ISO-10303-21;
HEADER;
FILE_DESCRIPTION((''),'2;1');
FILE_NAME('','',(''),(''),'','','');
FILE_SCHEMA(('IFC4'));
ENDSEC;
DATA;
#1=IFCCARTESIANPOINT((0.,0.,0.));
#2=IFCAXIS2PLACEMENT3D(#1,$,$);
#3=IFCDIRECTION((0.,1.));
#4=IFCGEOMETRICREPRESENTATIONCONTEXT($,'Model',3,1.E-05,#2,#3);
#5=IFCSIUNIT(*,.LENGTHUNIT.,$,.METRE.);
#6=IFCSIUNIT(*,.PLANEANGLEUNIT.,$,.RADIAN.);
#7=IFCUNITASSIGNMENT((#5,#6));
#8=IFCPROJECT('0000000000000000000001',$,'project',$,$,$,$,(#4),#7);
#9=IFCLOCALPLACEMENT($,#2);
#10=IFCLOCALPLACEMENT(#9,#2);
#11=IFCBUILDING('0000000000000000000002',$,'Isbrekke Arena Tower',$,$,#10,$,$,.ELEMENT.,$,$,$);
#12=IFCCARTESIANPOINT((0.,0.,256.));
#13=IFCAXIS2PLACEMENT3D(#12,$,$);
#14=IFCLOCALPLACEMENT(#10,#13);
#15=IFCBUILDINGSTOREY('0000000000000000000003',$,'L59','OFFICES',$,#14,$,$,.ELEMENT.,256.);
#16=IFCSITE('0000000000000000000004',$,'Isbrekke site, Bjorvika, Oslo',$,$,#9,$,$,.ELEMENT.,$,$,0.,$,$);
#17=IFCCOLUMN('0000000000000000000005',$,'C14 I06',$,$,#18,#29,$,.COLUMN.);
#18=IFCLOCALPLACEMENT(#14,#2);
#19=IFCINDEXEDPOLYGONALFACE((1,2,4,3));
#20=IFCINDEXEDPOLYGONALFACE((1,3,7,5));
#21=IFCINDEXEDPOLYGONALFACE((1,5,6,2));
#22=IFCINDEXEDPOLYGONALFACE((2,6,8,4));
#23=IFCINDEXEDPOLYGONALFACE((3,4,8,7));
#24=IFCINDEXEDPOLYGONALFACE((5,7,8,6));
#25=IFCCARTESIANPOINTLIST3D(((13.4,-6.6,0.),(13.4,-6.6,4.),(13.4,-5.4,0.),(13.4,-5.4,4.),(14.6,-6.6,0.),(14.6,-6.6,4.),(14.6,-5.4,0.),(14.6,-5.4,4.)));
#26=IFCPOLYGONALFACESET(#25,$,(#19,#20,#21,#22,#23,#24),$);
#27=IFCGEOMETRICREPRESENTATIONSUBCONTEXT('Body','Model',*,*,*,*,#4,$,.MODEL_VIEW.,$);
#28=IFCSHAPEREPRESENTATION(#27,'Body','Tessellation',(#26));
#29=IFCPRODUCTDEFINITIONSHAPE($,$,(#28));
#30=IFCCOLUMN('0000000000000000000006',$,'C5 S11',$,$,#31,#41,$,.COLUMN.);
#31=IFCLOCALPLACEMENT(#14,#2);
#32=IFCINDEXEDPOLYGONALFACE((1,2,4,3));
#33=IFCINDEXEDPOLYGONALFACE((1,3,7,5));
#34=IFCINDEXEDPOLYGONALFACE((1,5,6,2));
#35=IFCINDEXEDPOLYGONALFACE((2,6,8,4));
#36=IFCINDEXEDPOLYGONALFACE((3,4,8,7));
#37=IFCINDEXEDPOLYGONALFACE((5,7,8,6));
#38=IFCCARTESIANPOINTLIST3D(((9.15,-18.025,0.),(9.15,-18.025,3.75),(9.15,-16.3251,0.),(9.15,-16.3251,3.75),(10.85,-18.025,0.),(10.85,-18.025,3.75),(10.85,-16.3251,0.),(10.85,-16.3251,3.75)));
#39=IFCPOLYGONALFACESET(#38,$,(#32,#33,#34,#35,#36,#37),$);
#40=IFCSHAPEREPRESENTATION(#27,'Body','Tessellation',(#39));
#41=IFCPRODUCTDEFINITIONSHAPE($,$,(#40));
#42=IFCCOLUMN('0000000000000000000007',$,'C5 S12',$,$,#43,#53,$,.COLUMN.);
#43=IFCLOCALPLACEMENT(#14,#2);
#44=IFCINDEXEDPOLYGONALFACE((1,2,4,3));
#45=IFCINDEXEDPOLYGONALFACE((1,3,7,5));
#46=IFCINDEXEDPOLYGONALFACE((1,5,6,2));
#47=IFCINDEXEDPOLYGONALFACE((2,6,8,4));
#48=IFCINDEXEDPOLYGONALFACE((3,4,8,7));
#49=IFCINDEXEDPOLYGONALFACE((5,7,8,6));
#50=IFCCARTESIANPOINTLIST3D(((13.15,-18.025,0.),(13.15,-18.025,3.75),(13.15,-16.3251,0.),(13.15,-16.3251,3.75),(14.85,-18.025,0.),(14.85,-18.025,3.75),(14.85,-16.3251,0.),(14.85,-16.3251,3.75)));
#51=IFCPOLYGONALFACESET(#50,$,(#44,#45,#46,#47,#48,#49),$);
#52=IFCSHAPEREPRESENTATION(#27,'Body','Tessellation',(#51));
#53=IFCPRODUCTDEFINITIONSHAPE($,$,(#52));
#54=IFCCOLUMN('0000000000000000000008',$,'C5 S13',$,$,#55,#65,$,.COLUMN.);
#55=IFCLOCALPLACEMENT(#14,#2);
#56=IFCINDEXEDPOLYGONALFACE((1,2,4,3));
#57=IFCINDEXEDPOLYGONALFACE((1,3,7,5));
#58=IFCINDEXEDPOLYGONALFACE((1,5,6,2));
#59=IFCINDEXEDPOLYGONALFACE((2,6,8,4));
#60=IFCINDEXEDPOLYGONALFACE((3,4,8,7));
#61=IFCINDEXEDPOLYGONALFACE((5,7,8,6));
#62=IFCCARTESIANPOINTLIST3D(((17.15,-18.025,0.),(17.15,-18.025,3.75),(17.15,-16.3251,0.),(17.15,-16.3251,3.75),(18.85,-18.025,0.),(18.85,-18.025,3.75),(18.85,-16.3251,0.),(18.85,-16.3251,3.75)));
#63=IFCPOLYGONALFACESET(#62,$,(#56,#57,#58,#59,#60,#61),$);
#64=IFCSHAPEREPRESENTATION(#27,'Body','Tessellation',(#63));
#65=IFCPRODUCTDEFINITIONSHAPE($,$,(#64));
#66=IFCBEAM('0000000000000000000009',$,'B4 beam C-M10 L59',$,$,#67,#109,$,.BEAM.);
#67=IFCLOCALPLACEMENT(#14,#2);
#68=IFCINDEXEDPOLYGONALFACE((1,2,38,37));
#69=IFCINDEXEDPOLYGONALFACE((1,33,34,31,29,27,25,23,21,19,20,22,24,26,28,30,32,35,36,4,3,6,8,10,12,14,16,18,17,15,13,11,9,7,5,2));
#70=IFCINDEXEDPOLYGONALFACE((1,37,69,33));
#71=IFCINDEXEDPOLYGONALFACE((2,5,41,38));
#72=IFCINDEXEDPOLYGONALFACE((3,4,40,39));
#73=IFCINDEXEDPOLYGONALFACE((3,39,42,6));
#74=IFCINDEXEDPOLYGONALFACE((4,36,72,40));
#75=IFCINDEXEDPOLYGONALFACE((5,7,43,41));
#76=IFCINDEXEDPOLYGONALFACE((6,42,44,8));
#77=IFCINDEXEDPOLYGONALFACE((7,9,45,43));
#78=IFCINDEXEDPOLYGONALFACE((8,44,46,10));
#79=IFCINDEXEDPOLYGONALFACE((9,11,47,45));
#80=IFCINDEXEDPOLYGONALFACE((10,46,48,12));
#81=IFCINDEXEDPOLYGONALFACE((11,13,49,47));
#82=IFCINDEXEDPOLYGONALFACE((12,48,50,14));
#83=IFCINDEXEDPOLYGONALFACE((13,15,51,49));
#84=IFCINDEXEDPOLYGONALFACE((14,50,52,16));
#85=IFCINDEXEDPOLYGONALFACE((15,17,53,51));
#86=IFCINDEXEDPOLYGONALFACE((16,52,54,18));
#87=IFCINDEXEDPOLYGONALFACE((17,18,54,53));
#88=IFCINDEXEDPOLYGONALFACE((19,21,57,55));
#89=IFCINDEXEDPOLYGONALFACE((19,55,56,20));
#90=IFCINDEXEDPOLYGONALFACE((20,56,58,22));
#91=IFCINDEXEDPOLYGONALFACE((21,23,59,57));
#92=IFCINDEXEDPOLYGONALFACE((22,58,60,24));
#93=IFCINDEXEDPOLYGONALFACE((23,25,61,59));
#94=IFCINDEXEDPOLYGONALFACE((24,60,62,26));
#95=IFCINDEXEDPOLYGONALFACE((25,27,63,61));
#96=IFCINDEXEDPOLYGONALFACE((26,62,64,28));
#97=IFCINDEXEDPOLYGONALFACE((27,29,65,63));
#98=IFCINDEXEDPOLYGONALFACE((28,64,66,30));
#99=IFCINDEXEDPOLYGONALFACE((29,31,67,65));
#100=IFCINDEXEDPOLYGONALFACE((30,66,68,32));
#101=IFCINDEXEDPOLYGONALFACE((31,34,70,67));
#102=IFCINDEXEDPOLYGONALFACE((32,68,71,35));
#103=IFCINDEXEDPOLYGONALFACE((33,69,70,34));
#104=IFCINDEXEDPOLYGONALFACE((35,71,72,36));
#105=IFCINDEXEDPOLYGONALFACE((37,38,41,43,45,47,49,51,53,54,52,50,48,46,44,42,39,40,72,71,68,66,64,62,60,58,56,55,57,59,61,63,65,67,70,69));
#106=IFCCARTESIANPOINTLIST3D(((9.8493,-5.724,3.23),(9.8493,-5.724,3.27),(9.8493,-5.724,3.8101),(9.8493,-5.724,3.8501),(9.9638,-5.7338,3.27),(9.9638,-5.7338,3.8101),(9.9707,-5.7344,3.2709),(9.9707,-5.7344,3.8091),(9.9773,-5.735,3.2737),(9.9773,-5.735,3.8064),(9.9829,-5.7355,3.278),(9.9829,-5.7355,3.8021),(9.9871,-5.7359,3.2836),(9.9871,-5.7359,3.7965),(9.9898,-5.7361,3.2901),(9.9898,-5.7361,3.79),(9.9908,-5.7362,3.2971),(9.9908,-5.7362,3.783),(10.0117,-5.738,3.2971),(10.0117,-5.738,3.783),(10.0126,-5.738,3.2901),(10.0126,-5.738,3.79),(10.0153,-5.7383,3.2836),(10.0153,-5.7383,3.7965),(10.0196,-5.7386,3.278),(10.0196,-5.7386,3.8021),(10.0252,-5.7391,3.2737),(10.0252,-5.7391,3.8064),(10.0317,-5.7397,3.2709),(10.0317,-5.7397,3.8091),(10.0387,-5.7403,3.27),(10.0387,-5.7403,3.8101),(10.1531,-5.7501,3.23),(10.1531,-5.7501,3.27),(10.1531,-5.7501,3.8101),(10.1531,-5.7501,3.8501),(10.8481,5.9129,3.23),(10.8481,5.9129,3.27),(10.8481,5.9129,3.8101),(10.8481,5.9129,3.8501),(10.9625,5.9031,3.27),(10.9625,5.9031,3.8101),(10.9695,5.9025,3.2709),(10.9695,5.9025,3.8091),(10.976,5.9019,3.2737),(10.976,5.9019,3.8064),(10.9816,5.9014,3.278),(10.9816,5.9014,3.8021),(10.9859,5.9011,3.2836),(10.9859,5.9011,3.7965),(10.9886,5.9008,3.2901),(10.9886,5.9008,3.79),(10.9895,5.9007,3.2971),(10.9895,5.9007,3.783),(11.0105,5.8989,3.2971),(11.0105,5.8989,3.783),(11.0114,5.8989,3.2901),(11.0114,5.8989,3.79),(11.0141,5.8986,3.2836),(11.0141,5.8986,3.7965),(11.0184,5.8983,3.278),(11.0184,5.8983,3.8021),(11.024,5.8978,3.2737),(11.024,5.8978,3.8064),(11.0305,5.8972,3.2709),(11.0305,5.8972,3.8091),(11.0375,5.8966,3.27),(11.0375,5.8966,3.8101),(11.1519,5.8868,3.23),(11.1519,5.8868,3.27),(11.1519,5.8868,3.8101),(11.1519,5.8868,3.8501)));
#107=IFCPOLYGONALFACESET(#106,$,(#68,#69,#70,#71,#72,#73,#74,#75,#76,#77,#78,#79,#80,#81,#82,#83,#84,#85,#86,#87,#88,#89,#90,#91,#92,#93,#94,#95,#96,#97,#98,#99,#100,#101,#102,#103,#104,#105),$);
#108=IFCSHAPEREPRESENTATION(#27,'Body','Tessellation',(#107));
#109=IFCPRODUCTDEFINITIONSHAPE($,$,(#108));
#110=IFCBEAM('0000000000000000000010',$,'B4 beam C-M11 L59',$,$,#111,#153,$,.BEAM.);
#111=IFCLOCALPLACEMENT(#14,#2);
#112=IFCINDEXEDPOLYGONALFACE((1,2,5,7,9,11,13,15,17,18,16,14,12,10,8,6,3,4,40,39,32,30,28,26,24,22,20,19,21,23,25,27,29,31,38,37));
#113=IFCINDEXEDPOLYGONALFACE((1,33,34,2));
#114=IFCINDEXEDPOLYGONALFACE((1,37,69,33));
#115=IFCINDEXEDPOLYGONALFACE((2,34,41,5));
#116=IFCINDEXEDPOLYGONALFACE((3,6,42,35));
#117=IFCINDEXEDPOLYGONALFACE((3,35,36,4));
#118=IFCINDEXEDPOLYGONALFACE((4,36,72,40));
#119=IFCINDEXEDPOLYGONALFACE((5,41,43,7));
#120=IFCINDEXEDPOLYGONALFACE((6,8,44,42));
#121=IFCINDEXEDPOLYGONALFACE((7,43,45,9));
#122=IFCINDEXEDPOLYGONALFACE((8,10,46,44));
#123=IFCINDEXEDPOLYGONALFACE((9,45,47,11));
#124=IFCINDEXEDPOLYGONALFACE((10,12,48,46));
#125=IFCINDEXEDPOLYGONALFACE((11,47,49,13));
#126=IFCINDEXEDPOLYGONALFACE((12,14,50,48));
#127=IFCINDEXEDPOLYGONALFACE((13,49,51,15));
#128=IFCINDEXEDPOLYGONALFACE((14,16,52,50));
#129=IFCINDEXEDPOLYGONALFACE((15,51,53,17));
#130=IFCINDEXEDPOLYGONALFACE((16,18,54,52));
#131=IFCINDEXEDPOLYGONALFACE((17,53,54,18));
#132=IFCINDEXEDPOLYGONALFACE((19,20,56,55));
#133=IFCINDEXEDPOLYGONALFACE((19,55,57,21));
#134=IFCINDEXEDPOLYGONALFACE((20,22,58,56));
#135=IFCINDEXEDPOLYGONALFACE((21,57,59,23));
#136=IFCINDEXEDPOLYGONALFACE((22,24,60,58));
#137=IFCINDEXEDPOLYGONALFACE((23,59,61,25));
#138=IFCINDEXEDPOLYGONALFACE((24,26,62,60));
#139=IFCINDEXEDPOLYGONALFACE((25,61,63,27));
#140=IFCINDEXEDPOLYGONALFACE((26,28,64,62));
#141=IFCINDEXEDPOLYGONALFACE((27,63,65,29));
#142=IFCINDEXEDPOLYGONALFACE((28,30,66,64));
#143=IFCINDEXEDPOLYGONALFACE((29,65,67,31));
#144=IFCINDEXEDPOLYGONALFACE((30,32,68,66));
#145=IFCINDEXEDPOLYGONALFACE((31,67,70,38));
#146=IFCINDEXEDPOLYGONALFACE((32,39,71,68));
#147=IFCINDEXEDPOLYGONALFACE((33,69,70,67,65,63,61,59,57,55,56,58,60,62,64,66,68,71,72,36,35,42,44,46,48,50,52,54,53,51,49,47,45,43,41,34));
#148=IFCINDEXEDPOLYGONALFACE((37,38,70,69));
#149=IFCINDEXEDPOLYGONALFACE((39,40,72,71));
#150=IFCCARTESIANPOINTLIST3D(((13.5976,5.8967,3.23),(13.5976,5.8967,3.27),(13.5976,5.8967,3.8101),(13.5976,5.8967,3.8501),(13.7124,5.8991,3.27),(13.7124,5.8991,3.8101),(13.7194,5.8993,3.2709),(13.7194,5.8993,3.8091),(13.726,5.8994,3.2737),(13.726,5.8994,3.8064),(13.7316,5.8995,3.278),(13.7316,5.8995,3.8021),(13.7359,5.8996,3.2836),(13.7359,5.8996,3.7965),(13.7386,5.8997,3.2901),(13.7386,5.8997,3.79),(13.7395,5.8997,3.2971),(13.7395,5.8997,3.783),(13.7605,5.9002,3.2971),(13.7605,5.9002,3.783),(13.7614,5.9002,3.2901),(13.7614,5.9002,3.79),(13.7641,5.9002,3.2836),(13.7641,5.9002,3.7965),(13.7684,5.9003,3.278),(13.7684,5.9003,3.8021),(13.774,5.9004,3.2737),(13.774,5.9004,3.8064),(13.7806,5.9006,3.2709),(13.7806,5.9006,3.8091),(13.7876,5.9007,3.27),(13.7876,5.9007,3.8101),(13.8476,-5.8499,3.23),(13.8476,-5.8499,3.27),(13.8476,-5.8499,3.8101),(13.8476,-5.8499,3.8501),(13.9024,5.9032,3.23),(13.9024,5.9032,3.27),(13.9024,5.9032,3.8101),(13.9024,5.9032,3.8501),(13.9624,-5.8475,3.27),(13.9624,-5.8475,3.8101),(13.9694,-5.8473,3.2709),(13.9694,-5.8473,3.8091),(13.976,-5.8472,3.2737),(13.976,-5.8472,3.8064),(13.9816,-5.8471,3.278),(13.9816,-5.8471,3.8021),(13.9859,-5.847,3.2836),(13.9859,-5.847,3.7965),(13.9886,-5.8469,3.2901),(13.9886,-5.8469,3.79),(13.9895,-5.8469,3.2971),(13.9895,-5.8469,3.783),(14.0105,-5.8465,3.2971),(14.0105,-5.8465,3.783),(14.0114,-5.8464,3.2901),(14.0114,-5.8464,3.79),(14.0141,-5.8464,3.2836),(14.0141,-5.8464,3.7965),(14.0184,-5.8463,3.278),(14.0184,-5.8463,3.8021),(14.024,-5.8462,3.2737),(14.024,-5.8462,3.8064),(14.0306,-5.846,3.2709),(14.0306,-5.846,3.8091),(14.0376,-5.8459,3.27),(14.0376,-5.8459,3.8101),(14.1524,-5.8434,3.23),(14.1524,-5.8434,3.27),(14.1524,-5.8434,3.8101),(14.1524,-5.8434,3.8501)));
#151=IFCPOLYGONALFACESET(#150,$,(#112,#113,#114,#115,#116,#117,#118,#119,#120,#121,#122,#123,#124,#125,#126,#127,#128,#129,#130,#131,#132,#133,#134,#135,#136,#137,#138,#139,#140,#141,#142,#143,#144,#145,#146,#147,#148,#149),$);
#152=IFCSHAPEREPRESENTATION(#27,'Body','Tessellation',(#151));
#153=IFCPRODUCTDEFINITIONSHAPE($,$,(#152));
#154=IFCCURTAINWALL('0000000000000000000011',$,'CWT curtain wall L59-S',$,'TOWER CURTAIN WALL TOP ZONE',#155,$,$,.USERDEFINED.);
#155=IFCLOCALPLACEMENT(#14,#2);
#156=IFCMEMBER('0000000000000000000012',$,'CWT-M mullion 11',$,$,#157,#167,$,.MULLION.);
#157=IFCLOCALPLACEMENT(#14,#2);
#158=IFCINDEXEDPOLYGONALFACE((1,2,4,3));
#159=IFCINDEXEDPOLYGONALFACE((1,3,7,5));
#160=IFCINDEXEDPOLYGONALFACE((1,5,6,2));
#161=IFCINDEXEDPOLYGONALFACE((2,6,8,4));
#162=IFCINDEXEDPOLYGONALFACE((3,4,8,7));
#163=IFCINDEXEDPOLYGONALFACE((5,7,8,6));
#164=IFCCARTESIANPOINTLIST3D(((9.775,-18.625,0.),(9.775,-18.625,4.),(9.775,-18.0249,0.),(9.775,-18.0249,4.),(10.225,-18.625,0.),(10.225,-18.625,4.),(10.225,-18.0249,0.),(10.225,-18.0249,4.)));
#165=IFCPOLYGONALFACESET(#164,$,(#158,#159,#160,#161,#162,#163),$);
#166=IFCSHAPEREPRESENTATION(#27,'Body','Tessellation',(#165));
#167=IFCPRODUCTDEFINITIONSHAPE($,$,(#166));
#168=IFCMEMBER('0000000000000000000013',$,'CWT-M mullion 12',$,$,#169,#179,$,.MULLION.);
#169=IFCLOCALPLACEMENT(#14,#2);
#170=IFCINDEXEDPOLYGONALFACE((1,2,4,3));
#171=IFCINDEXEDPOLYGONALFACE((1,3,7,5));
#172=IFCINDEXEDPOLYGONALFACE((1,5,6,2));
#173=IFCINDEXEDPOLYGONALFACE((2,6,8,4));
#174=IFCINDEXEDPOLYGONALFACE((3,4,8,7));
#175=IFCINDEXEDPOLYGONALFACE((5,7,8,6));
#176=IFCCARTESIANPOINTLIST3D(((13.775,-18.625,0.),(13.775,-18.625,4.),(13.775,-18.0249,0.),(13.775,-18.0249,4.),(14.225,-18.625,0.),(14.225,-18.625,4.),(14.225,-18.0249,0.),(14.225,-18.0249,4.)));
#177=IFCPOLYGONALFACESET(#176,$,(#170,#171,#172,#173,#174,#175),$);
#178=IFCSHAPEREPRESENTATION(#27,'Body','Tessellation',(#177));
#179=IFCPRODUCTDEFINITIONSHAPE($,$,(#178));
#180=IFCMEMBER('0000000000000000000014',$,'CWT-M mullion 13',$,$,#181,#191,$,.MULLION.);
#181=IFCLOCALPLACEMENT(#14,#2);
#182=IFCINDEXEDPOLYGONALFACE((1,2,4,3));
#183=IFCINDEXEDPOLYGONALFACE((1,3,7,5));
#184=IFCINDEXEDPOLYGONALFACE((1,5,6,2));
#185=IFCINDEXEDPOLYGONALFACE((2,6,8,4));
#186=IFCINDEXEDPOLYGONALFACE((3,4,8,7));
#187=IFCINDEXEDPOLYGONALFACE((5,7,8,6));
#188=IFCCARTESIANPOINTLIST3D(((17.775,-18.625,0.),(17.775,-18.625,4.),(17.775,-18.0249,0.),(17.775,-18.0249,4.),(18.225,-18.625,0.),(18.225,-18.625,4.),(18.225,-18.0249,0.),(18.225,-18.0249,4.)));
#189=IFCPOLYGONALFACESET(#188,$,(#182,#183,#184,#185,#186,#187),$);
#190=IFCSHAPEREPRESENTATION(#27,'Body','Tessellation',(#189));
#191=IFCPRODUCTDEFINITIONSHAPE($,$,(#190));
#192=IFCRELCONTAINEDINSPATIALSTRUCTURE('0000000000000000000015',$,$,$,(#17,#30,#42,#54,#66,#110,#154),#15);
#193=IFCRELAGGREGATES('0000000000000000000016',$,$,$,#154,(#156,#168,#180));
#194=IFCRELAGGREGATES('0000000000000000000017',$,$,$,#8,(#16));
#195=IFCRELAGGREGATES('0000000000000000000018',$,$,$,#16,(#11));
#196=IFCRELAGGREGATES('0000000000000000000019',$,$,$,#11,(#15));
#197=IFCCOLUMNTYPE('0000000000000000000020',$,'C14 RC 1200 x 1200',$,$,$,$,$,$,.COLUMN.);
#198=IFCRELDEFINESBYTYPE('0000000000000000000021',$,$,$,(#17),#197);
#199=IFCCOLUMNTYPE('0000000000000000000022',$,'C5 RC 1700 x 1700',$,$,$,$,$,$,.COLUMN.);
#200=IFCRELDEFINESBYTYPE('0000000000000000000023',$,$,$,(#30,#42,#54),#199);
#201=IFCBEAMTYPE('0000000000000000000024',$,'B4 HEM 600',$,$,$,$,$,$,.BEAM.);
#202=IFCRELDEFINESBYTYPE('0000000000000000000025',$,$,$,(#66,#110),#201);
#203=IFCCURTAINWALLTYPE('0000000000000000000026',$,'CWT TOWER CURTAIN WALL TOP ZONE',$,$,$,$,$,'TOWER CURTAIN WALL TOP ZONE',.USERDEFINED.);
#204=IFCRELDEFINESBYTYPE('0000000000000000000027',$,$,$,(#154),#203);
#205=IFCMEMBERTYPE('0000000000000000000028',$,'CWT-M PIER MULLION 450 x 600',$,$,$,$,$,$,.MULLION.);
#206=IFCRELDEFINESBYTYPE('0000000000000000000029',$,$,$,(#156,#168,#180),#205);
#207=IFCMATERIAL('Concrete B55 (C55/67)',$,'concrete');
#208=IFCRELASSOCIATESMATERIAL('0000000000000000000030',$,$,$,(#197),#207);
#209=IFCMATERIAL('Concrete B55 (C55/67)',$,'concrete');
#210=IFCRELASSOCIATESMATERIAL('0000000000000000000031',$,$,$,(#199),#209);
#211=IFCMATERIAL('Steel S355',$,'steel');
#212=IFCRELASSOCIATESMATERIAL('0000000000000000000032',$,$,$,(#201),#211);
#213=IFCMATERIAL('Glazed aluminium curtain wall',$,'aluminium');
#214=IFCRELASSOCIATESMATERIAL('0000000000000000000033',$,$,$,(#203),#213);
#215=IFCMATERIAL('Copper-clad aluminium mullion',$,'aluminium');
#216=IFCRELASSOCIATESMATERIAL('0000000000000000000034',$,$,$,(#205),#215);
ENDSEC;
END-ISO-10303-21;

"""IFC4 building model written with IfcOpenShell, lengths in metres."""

from ifc_helpers import new_model, si_unit, direction, frame, origin, origin_2d, place, context, subcontext, project, spatial, rectangle, i_section, extrude, material, material_profile, profile_set, type_object, element, aggregate, save


model = new_model("IFC4")

# Units and contexts
model_context = context("Model", 3, precision=1e-05, world=origin(), true_north=direction((0.0, 1.0)))
body_context = subcontext(model_context, "Body", "Model", "MODEL_VIEW")
ifc_project = project(units=[si_unit("LENGTHUNIT", "METRE"), si_unit("PLANEANGLEUNIT", "RADIAN")], contexts=[model_context])

# Site, building, storey
site_placement = place(None, origin())
site = spatial("IfcSite", under=ifc_project, at=site_placement, Name="Isbrekke site, Bjorvika, Oslo", CompositionType="ELEMENT", RefElevation=0.0)
building_placement = place(site_placement, origin())
building = spatial("IfcBuilding", under=site, at=building_placement, Name="Isbrekke Arena Tower", CompositionType="ELEMENT")
storey_placement = place(building_placement, frame((0.0, 0.0, 256.0)))
storey = spatial("IfcBuildingStorey", under=building, at=storey_placement, Name="L59", Description="OFFICES", CompositionType="ELEMENT", Elevation=256.0)

# Columns
ifc_material_1 = material(Name="Concrete B55 (C55/67)", Category="concrete")
ifc_material_profile_1 = material_profile(ifc_material_1, rectangle(XDim=1.2, YDim=1.2, at=origin_2d()), Name="RC 1200x1200")
ifc_profile_set_1 = profile_set([ifc_material_profile_1], Name="Concrete B55 (C55/67)")
column_type_1 = type_object("IfcColumnType", Name="C14 RC 1200 x 1200", PredefinedType="COLUMN", material=ifc_profile_set_1)
column_placement = place(storey_placement, frame((14.0, -6.0, 0.0), z_axis=(0.0, 0.0, 1.0), x_axis=(1.0, 0.0, 0.0)))
element("IfcColumn", 1, at=column_placement, inside=storey, type_object=column_type_1, Name="C14 I06", PredefinedType="COLUMN", context=body_context, shape_type="SweptSolid", body=[
    extrude(rectangle(XDim=1.2, YDim=1.2, at=origin_2d()), origin(), (0.0, 0.0, 1.0), 4.0),
])
ifc_material_2 = material(Name="Concrete B55 (C55/67)", Category="concrete")
ifc_material_profile_2 = material_profile(ifc_material_2, rectangle(XDim=1.7, YDim=1.7, at=origin_2d()), Name="RC 1700x1700")
ifc_profile_set_2 = profile_set([ifc_material_profile_2], Name="Concrete B55 (C55/67)")
column_type_2 = type_object("IfcColumnType", Name="C5 RC 1700 x 1700", PredefinedType="COLUMN", material=ifc_profile_set_2)
for number, where, z_axis, x_axis, name in (
    (2, (10.0, -17.175, 0.0), (0.0, 0.0, 1.0), (1.0, 0.0, 0.0), "C5 S11"),
    (3, (14.0, -17.175, 0.0), (0.0, 0.0, 1.0), (1.0, 0.0, 0.0), "C5 S12"),
    (4, (18.0, -17.175, 0.0), (0.0, 0.0, 1.0), (1.0, 0.0, 0.0), "C5 S13"),
):
    element("IfcColumn", number, at=place(storey_placement, frame(where, z_axis=z_axis, x_axis=x_axis)), inside=storey, type_object=column_type_2, Name=name, PredefinedType="COLUMN", context=body_context, shape_type="SweptSolid", body=[
        extrude(rectangle(XDim=1.7, YDim=1.7, at=origin_2d()), origin(), (0.0, 0.0, 1.0), 3.75),
    ])

# Beams
ifc_material_3 = material(Name="Steel S355", Category="steel")
ifc_material_profile_3 = material_profile(ifc_material_3, i_section(OverallWidth=0.3049, OverallDepth=0.6201, WebThickness=0.021, FlangeThickness=0.04, FilletRadius=0.0271, at=origin_2d()), Name="HEM 600")
ifc_profile_set_3 = profile_set([ifc_material_profile_3], Name="Steel S355")
beam_type_1 = type_object("IfcBeamType", Name="B4 HEM 600", PredefinedType="BEAM", material=ifc_profile_set_3)
beam_1_placement = place(storey_placement, frame((10.0012, -5.7371, 3.54), z_axis=(0.085514, 0.996337, 0.0), x_axis=(-0.996337, 0.085514, 0.0)))
element("IfcBeam", 5, at=beam_1_placement, inside=storey, type_object=beam_type_1, Name="B4 beam C-M10 L59", PredefinedType="BEAM", context=body_context, shape_type="SweptSolid", body=[
    extrude(i_section(OverallWidth=0.3049, OverallDepth=0.6201, WebThickness=0.021, FlangeThickness=0.04, FilletRadius=0.0271, at=origin_2d()), origin(), (0.0, 0.0, 1.0), 11.6797),
])
beam_2_placement = place(storey_placement, frame((14.0, -5.8467, 3.54), z_axis=(-0.021278, 0.999774, 0.0), x_axis=(-0.999774, -0.021278, 0.0)))
element("IfcBeam", 6, at=beam_2_placement, inside=storey, type_object=beam_type_1, Name="B4 beam C-M11 L59", PredefinedType="BEAM", context=body_context, shape_type="SweptSolid", body=[
    extrude(i_section(OverallWidth=0.3049, OverallDepth=0.6201, WebThickness=0.021, FlangeThickness=0.04, FilletRadius=0.0271, at=origin_2d()), origin(), (0.0, 0.0, 1.0), 11.7493),
])

# Curtain wall, members
ifc_material_4 = material(Name="Glazed aluminium curtain wall", Category="aluminium")
curtain_wall_type = type_object("IfcCurtainWallType", Name="CWT TOWER CURTAIN WALL TOP ZONE", ElementType="TOWER CURTAIN WALL TOP ZONE", PredefinedType="USERDEFINED", material=ifc_material_4)
curtain_wall_placement = place(storey_placement, origin())
curtain_wall = element("IfcCurtainWall", 7, at=curtain_wall_placement, inside=storey, type_object=curtain_wall_type, Name="CWT curtain wall L59-S", ObjectType="TOWER CURTAIN WALL TOP ZONE", PredefinedType="USERDEFINED")
ifc_material_5 = material(Name="Copper-clad aluminium mullion", Category="aluminium")
ifc_material_profile_4 = material_profile(ifc_material_5, rectangle(XDim=0.45, YDim=0.6001, at=origin_2d()), Name="PIER 450X600")
ifc_profile_set_4 = profile_set([ifc_material_profile_4], Name="Copper-clad aluminium mullion")
member_type_1 = type_object("IfcMemberType", Name="CWT-M PIER MULLION 450 x 600", PredefinedType="MULLION", material=ifc_profile_set_4)
member_1_placement = place(storey_placement, frame((10.0, -18.325, 0.0), z_axis=(0.0, 0.0, 1.0), x_axis=(1.0, 0.0, 0.0)))
member_1 = element("IfcMember", 8, at=member_1_placement, type_object=member_type_1, Name="CWT-M mullion 11", PredefinedType="MULLION", context=body_context, shape_type="SweptSolid", body=[
    extrude(rectangle(XDim=0.45, YDim=0.6001, at=origin_2d()), origin(), (0.0, 0.0, 1.0), 4.0),
])
member_2_placement = place(storey_placement, frame((14.0, -18.325, 0.0), z_axis=(0.0, 0.0, 1.0), x_axis=(1.0, 0.0, 0.0)))
member_2 = element("IfcMember", 9, at=member_2_placement, type_object=member_type_1, Name="CWT-M mullion 12", PredefinedType="MULLION", context=body_context, shape_type="SweptSolid", body=[
    extrude(rectangle(XDim=0.45, YDim=0.6001, at=origin_2d()), origin(), (0.0, 0.0, 1.0), 4.0),
])
member_3_placement = place(storey_placement, frame((18.0, -18.325, 0.0), z_axis=(0.0, 0.0, 1.0), x_axis=(1.0, 0.0, 0.0)))
member_3 = element("IfcMember", 10, at=member_3_placement, type_object=member_type_1, Name="CWT-M mullion 13", PredefinedType="MULLION", context=body_context, shape_type="SweptSolid", body=[
    extrude(rectangle(XDim=0.45, YDim=0.6001, at=origin_2d()), origin(), (0.0, 0.0, 1.0), 4.0),
])

aggregate(curtain_wall, [member_1, member_2, member_3])

save(model, "model.ifc")
